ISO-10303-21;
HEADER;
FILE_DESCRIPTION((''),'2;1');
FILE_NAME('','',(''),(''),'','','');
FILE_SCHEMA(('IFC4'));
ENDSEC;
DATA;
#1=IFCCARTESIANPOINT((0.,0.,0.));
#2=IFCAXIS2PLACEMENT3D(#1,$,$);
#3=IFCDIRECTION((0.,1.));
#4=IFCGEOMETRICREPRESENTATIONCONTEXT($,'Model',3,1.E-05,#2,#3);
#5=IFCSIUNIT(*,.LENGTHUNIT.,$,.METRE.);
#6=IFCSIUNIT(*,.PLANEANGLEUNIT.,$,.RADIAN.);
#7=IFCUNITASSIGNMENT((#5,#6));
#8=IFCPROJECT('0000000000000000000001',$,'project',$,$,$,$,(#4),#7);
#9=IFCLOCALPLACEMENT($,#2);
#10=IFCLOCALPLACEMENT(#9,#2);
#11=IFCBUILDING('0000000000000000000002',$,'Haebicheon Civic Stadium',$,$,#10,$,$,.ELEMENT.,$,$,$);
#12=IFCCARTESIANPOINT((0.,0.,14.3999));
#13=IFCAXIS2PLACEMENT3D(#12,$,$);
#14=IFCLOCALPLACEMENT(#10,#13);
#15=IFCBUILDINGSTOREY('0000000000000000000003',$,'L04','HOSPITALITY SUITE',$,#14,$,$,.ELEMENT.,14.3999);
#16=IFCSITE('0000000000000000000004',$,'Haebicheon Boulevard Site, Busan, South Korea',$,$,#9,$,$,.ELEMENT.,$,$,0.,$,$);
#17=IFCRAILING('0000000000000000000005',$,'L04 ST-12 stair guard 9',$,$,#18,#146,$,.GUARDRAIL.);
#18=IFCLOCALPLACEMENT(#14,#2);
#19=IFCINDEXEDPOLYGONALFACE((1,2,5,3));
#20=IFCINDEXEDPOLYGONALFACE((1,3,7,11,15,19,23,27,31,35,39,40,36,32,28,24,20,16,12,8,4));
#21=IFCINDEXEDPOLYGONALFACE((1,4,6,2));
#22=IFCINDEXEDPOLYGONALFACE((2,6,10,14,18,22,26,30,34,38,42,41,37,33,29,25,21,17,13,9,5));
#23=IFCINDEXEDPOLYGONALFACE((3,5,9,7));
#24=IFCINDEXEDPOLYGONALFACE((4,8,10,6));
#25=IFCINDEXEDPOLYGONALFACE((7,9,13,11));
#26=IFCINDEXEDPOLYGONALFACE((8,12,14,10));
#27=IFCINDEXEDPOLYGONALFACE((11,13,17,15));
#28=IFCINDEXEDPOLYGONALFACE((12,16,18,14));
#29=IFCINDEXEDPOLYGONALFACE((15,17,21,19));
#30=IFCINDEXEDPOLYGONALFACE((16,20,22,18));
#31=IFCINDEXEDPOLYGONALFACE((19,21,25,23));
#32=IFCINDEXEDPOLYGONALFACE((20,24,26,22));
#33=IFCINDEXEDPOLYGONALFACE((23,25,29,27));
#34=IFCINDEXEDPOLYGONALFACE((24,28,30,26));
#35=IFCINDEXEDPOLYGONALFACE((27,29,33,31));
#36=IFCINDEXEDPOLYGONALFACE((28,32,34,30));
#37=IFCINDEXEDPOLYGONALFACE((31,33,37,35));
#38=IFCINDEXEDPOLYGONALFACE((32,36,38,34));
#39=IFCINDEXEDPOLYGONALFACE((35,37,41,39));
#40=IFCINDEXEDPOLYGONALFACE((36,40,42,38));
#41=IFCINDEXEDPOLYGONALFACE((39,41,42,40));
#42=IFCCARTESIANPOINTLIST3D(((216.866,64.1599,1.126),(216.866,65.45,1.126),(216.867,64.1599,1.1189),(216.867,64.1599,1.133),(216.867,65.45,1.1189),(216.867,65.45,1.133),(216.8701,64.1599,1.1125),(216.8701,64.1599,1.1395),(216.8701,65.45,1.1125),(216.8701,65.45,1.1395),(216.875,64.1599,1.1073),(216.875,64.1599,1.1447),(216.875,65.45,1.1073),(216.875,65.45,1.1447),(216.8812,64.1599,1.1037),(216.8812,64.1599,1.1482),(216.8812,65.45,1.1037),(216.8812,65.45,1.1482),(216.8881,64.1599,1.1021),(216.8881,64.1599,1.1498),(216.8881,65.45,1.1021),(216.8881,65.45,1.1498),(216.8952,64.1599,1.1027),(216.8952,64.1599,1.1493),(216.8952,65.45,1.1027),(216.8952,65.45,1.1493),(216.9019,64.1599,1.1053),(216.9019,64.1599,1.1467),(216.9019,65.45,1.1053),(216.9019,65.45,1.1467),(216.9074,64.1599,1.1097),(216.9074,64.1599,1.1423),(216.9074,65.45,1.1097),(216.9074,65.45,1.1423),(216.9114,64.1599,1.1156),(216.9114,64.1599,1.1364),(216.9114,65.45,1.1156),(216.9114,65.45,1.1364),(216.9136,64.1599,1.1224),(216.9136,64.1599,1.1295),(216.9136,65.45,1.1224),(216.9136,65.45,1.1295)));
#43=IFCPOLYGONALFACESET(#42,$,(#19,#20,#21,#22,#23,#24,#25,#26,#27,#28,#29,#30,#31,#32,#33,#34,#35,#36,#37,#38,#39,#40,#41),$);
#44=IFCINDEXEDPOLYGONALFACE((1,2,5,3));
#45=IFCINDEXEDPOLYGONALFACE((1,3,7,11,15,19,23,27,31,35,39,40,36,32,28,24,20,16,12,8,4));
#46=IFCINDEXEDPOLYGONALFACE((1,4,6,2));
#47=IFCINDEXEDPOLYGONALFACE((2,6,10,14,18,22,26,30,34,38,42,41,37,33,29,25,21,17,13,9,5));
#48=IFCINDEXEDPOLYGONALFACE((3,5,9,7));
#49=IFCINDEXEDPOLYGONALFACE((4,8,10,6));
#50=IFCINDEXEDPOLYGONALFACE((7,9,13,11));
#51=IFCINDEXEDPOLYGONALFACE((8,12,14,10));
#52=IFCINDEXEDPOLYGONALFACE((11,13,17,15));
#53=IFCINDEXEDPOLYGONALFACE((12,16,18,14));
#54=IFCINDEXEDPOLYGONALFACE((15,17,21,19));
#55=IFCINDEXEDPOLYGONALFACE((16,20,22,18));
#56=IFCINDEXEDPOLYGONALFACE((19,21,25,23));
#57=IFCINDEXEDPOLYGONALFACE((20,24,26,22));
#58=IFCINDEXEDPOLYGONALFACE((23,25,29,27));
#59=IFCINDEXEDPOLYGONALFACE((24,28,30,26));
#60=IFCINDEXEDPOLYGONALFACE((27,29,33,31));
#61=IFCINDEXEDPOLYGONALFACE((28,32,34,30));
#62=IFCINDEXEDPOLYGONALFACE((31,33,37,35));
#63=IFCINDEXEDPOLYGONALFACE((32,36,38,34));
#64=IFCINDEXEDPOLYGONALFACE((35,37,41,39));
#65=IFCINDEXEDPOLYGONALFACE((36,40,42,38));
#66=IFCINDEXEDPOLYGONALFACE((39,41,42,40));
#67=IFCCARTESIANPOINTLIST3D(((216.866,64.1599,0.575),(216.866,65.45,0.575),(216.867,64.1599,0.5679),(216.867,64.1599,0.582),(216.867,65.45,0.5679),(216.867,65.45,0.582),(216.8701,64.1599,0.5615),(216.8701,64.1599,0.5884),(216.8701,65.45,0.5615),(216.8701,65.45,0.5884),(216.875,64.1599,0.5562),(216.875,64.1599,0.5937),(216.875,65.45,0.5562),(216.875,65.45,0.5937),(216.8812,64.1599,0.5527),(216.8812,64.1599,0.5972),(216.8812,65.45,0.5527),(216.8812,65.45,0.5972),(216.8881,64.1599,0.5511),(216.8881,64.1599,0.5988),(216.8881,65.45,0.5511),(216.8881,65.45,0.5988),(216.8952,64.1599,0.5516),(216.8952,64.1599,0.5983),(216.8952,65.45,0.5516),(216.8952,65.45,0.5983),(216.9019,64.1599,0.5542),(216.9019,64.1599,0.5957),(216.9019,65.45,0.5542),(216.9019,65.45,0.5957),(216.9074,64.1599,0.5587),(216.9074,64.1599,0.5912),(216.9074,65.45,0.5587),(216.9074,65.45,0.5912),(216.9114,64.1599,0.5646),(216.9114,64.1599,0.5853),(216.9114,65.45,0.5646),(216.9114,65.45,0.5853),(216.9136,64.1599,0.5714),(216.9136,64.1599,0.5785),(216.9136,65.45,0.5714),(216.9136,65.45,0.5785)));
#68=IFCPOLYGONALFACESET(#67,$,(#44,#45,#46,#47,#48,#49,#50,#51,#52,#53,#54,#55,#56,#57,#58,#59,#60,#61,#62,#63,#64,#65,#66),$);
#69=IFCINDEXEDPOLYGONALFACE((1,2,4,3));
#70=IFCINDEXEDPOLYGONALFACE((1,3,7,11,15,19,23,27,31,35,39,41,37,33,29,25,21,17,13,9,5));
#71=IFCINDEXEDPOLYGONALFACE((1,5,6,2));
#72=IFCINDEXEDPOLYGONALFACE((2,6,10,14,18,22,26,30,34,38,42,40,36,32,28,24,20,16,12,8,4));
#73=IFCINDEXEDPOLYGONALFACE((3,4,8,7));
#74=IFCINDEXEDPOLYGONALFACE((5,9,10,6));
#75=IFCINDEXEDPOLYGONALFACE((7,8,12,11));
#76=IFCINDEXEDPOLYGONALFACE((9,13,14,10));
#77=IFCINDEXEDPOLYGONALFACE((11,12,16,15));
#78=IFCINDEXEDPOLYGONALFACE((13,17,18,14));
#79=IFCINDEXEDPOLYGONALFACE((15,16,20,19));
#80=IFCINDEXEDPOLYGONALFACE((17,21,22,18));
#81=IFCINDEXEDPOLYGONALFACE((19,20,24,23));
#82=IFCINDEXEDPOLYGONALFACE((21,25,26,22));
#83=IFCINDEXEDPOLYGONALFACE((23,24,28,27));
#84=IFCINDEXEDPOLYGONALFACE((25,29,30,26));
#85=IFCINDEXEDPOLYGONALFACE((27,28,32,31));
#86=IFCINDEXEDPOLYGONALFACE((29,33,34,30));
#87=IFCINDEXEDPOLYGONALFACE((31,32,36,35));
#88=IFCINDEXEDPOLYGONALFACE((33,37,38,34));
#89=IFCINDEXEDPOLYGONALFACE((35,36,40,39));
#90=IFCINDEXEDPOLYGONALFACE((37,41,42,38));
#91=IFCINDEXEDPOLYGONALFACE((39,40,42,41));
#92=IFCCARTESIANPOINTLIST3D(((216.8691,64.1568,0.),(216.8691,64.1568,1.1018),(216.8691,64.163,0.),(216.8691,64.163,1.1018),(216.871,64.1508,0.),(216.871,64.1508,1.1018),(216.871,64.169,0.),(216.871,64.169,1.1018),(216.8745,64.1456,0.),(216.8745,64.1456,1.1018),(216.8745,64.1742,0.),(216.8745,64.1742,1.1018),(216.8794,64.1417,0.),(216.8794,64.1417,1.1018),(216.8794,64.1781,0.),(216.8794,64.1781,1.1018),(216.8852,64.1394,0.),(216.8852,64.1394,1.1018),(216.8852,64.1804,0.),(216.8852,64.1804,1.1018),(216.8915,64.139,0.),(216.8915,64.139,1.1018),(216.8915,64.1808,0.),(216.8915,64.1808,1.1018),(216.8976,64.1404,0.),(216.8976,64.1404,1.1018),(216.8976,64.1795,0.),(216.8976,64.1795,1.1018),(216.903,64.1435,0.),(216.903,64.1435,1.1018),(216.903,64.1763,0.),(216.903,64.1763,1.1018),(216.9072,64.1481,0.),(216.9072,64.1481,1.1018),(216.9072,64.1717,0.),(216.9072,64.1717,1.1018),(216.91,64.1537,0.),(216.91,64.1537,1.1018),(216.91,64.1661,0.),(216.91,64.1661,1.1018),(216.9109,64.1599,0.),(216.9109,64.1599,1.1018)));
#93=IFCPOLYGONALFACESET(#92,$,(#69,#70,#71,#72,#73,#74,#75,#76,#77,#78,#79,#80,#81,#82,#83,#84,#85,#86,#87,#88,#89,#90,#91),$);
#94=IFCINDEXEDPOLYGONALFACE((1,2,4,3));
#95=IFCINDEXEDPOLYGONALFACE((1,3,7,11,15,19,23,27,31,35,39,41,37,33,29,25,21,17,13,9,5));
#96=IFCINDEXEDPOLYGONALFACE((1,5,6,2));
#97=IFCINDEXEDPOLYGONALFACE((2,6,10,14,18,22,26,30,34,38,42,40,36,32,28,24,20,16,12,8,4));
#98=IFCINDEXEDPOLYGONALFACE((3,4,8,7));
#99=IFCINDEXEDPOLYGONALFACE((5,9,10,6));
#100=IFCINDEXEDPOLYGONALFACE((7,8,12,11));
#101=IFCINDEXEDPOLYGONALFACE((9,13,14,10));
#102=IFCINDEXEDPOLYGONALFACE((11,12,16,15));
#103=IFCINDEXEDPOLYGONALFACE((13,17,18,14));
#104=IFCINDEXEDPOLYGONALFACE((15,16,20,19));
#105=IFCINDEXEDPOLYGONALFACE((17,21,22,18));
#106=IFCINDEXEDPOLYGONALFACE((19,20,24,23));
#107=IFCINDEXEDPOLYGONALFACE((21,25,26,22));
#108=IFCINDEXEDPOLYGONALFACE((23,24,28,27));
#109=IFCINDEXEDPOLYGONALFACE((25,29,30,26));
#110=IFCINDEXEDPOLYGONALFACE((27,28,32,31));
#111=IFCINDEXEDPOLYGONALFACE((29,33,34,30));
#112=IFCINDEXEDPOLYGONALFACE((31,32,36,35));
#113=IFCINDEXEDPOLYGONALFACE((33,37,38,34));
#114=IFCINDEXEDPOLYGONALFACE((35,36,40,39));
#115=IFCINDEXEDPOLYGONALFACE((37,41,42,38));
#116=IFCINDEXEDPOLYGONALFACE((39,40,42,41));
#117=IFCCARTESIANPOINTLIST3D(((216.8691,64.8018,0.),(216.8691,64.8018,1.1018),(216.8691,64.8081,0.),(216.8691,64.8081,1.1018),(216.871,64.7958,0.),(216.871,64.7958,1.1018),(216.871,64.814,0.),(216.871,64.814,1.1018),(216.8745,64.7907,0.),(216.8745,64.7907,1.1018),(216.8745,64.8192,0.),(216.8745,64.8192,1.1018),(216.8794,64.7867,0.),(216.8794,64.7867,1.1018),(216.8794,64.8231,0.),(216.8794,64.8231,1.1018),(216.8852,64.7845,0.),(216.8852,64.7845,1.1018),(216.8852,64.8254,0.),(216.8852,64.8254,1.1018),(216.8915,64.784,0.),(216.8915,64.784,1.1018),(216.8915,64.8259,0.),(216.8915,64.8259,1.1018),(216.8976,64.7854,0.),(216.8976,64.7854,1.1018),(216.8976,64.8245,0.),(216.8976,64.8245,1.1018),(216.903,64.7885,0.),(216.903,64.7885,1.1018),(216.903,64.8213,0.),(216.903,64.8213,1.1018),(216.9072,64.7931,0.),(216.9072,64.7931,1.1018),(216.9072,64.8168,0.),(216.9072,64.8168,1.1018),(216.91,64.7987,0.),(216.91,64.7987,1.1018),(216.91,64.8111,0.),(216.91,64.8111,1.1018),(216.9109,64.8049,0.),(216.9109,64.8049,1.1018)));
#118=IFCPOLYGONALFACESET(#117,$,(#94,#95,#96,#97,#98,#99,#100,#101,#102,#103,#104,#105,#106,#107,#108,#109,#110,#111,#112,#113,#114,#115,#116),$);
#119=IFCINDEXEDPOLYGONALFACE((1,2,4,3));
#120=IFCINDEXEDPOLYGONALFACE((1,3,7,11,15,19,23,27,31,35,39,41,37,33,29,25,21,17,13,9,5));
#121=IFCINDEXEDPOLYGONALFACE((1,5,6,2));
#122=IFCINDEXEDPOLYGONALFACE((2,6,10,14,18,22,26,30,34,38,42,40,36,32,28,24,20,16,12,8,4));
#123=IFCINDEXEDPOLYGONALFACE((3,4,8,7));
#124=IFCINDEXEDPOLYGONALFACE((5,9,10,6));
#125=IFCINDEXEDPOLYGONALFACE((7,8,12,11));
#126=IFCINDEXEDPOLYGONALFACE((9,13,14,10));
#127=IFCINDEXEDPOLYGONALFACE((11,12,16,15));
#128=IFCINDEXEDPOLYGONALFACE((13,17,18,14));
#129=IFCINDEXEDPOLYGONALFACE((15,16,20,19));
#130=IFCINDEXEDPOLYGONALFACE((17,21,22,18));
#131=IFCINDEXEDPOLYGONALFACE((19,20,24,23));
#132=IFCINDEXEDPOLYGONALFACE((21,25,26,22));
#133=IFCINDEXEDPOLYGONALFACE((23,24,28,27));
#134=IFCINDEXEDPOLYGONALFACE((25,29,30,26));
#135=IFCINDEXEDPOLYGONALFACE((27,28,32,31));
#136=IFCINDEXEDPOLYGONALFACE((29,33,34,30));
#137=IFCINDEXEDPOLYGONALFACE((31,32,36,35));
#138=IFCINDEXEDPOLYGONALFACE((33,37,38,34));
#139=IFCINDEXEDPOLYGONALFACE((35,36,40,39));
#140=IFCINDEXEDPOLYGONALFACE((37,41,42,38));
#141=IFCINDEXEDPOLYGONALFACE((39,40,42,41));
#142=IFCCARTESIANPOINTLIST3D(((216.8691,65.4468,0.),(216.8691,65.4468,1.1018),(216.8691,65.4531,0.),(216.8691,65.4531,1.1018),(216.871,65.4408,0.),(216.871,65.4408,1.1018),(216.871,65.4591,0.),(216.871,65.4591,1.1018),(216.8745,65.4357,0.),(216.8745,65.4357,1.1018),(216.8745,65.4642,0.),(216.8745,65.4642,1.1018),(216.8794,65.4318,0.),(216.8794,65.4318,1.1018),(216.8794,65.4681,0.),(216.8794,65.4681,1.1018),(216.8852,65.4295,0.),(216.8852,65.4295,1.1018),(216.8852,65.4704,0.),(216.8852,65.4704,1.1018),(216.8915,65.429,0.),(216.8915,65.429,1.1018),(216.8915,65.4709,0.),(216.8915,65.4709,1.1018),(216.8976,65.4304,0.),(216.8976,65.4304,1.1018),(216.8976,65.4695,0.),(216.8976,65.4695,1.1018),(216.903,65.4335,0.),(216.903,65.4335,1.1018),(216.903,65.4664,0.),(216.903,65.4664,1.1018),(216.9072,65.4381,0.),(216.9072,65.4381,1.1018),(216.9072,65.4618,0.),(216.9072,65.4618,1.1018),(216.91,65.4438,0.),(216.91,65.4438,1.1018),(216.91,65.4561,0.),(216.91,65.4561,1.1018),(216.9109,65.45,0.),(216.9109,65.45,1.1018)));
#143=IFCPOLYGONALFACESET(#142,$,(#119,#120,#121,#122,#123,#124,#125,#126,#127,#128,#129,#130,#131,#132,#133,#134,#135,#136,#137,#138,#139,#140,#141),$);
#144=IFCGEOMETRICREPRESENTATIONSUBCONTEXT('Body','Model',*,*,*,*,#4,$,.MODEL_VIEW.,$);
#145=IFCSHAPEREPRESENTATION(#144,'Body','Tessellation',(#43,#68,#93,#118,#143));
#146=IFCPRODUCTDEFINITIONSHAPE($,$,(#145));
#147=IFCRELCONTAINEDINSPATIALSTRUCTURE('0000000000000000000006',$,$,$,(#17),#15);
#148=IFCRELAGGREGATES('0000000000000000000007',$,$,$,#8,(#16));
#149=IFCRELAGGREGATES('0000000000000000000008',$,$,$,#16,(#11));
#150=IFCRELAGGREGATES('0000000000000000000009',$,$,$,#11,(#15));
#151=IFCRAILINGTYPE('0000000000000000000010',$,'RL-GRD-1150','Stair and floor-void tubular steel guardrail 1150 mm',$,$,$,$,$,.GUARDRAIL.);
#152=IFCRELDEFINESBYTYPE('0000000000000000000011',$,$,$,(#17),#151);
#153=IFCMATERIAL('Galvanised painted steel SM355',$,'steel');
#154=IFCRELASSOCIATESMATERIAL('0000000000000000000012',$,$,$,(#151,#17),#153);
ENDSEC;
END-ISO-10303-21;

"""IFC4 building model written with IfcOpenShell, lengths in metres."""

from ifc_helpers import new_model, si_unit, direction, frame, origin, origin_2d, place, context, subcontext, project, spatial, circle, extrude, material, type_object, element, save


model = new_model("IFC4")

# Units and contexts
model_context = context("Model", 3, precision=1e-05, world=origin(), true_north=direction((0.0, 1.0)))
body_context = subcontext(model_context, "Body", "Model", "MODEL_VIEW")
ifc_project = project(units=[si_unit("LENGTHUNIT", "METRE"), si_unit("PLANEANGLEUNIT", "RADIAN")], contexts=[model_context])

# Site, building, storey
site_placement = place(None, origin())
site = spatial("IfcSite", under=ifc_project, at=site_placement, Name="Haebicheon Boulevard Site, Busan, South Korea", CompositionType="ELEMENT", RefElevation=0.0)
building_placement = place(site_placement, origin())
building = spatial("IfcBuilding", under=site, at=building_placement, Name="Haebicheon Civic Stadium", CompositionType="ELEMENT")
storey_placement = place(building_placement, frame((0.0, 0.0, 14.3999)))
storey = spatial("IfcBuildingStorey", under=building, at=storey_placement, Name="L04", Description="HOSPITALITY SUITE", CompositionType="ELEMENT", Elevation=14.3999)

# Railing
ifc_material_1 = material(Name="Galvanised painted steel SM355", Category="steel")
railing_type_1 = type_object("IfcRailingType", Name="RL-GRD-1150", Description="Stair and floor-void tubular steel guardrail 1150 mm", PredefinedType="GUARDRAIL", material=ifc_material_1)
for number, where, name in (
    (1, (216.8899, 64.1599, 0.0), "L04 ST-12 stair guard 9"),
):
    element("IfcRailing", number, at=place(storey_placement, frame(where)), inside=storey, type_object=railing_type_1, material=ifc_material_1, Name=name, PredefinedType="GUARDRAIL", context=body_context, shape_type="SweptSolid", body=[
        extrude(circle(Radius=0.0239, at=origin_2d()), frame((0.0, 0.0, 1.126), z_axis=(0.0, 1.0, 0.0), x_axis=(-1.0, 0.0, 0.0)), (0.0, 0.0, 1.0), 1.29),
        extrude(circle(Radius=0.0239, at=origin_2d()), frame((0.0, 0.0, 0.575), z_axis=(0.0, 1.0, 0.0), x_axis=(-1.0, 0.0, 0.0)), (0.0, 0.0, 1.0), 1.29),
        extrude(circle(Radius=0.021, at=origin_2d()), origin(), (0.0, 0.0, 1.0), 1.1018),
        extrude(circle(Radius=0.021, at=origin_2d()), frame((0.0, 0.645, 0.0)), (0.0, 0.0, 1.0), 1.1018),
        extrude(circle(Radius=0.021, at=origin_2d()), frame((0.0, 1.29, 0.0)), (0.0, 0.0, 1.0), 1.1018),
    ])

save(model, "model.ifc")
